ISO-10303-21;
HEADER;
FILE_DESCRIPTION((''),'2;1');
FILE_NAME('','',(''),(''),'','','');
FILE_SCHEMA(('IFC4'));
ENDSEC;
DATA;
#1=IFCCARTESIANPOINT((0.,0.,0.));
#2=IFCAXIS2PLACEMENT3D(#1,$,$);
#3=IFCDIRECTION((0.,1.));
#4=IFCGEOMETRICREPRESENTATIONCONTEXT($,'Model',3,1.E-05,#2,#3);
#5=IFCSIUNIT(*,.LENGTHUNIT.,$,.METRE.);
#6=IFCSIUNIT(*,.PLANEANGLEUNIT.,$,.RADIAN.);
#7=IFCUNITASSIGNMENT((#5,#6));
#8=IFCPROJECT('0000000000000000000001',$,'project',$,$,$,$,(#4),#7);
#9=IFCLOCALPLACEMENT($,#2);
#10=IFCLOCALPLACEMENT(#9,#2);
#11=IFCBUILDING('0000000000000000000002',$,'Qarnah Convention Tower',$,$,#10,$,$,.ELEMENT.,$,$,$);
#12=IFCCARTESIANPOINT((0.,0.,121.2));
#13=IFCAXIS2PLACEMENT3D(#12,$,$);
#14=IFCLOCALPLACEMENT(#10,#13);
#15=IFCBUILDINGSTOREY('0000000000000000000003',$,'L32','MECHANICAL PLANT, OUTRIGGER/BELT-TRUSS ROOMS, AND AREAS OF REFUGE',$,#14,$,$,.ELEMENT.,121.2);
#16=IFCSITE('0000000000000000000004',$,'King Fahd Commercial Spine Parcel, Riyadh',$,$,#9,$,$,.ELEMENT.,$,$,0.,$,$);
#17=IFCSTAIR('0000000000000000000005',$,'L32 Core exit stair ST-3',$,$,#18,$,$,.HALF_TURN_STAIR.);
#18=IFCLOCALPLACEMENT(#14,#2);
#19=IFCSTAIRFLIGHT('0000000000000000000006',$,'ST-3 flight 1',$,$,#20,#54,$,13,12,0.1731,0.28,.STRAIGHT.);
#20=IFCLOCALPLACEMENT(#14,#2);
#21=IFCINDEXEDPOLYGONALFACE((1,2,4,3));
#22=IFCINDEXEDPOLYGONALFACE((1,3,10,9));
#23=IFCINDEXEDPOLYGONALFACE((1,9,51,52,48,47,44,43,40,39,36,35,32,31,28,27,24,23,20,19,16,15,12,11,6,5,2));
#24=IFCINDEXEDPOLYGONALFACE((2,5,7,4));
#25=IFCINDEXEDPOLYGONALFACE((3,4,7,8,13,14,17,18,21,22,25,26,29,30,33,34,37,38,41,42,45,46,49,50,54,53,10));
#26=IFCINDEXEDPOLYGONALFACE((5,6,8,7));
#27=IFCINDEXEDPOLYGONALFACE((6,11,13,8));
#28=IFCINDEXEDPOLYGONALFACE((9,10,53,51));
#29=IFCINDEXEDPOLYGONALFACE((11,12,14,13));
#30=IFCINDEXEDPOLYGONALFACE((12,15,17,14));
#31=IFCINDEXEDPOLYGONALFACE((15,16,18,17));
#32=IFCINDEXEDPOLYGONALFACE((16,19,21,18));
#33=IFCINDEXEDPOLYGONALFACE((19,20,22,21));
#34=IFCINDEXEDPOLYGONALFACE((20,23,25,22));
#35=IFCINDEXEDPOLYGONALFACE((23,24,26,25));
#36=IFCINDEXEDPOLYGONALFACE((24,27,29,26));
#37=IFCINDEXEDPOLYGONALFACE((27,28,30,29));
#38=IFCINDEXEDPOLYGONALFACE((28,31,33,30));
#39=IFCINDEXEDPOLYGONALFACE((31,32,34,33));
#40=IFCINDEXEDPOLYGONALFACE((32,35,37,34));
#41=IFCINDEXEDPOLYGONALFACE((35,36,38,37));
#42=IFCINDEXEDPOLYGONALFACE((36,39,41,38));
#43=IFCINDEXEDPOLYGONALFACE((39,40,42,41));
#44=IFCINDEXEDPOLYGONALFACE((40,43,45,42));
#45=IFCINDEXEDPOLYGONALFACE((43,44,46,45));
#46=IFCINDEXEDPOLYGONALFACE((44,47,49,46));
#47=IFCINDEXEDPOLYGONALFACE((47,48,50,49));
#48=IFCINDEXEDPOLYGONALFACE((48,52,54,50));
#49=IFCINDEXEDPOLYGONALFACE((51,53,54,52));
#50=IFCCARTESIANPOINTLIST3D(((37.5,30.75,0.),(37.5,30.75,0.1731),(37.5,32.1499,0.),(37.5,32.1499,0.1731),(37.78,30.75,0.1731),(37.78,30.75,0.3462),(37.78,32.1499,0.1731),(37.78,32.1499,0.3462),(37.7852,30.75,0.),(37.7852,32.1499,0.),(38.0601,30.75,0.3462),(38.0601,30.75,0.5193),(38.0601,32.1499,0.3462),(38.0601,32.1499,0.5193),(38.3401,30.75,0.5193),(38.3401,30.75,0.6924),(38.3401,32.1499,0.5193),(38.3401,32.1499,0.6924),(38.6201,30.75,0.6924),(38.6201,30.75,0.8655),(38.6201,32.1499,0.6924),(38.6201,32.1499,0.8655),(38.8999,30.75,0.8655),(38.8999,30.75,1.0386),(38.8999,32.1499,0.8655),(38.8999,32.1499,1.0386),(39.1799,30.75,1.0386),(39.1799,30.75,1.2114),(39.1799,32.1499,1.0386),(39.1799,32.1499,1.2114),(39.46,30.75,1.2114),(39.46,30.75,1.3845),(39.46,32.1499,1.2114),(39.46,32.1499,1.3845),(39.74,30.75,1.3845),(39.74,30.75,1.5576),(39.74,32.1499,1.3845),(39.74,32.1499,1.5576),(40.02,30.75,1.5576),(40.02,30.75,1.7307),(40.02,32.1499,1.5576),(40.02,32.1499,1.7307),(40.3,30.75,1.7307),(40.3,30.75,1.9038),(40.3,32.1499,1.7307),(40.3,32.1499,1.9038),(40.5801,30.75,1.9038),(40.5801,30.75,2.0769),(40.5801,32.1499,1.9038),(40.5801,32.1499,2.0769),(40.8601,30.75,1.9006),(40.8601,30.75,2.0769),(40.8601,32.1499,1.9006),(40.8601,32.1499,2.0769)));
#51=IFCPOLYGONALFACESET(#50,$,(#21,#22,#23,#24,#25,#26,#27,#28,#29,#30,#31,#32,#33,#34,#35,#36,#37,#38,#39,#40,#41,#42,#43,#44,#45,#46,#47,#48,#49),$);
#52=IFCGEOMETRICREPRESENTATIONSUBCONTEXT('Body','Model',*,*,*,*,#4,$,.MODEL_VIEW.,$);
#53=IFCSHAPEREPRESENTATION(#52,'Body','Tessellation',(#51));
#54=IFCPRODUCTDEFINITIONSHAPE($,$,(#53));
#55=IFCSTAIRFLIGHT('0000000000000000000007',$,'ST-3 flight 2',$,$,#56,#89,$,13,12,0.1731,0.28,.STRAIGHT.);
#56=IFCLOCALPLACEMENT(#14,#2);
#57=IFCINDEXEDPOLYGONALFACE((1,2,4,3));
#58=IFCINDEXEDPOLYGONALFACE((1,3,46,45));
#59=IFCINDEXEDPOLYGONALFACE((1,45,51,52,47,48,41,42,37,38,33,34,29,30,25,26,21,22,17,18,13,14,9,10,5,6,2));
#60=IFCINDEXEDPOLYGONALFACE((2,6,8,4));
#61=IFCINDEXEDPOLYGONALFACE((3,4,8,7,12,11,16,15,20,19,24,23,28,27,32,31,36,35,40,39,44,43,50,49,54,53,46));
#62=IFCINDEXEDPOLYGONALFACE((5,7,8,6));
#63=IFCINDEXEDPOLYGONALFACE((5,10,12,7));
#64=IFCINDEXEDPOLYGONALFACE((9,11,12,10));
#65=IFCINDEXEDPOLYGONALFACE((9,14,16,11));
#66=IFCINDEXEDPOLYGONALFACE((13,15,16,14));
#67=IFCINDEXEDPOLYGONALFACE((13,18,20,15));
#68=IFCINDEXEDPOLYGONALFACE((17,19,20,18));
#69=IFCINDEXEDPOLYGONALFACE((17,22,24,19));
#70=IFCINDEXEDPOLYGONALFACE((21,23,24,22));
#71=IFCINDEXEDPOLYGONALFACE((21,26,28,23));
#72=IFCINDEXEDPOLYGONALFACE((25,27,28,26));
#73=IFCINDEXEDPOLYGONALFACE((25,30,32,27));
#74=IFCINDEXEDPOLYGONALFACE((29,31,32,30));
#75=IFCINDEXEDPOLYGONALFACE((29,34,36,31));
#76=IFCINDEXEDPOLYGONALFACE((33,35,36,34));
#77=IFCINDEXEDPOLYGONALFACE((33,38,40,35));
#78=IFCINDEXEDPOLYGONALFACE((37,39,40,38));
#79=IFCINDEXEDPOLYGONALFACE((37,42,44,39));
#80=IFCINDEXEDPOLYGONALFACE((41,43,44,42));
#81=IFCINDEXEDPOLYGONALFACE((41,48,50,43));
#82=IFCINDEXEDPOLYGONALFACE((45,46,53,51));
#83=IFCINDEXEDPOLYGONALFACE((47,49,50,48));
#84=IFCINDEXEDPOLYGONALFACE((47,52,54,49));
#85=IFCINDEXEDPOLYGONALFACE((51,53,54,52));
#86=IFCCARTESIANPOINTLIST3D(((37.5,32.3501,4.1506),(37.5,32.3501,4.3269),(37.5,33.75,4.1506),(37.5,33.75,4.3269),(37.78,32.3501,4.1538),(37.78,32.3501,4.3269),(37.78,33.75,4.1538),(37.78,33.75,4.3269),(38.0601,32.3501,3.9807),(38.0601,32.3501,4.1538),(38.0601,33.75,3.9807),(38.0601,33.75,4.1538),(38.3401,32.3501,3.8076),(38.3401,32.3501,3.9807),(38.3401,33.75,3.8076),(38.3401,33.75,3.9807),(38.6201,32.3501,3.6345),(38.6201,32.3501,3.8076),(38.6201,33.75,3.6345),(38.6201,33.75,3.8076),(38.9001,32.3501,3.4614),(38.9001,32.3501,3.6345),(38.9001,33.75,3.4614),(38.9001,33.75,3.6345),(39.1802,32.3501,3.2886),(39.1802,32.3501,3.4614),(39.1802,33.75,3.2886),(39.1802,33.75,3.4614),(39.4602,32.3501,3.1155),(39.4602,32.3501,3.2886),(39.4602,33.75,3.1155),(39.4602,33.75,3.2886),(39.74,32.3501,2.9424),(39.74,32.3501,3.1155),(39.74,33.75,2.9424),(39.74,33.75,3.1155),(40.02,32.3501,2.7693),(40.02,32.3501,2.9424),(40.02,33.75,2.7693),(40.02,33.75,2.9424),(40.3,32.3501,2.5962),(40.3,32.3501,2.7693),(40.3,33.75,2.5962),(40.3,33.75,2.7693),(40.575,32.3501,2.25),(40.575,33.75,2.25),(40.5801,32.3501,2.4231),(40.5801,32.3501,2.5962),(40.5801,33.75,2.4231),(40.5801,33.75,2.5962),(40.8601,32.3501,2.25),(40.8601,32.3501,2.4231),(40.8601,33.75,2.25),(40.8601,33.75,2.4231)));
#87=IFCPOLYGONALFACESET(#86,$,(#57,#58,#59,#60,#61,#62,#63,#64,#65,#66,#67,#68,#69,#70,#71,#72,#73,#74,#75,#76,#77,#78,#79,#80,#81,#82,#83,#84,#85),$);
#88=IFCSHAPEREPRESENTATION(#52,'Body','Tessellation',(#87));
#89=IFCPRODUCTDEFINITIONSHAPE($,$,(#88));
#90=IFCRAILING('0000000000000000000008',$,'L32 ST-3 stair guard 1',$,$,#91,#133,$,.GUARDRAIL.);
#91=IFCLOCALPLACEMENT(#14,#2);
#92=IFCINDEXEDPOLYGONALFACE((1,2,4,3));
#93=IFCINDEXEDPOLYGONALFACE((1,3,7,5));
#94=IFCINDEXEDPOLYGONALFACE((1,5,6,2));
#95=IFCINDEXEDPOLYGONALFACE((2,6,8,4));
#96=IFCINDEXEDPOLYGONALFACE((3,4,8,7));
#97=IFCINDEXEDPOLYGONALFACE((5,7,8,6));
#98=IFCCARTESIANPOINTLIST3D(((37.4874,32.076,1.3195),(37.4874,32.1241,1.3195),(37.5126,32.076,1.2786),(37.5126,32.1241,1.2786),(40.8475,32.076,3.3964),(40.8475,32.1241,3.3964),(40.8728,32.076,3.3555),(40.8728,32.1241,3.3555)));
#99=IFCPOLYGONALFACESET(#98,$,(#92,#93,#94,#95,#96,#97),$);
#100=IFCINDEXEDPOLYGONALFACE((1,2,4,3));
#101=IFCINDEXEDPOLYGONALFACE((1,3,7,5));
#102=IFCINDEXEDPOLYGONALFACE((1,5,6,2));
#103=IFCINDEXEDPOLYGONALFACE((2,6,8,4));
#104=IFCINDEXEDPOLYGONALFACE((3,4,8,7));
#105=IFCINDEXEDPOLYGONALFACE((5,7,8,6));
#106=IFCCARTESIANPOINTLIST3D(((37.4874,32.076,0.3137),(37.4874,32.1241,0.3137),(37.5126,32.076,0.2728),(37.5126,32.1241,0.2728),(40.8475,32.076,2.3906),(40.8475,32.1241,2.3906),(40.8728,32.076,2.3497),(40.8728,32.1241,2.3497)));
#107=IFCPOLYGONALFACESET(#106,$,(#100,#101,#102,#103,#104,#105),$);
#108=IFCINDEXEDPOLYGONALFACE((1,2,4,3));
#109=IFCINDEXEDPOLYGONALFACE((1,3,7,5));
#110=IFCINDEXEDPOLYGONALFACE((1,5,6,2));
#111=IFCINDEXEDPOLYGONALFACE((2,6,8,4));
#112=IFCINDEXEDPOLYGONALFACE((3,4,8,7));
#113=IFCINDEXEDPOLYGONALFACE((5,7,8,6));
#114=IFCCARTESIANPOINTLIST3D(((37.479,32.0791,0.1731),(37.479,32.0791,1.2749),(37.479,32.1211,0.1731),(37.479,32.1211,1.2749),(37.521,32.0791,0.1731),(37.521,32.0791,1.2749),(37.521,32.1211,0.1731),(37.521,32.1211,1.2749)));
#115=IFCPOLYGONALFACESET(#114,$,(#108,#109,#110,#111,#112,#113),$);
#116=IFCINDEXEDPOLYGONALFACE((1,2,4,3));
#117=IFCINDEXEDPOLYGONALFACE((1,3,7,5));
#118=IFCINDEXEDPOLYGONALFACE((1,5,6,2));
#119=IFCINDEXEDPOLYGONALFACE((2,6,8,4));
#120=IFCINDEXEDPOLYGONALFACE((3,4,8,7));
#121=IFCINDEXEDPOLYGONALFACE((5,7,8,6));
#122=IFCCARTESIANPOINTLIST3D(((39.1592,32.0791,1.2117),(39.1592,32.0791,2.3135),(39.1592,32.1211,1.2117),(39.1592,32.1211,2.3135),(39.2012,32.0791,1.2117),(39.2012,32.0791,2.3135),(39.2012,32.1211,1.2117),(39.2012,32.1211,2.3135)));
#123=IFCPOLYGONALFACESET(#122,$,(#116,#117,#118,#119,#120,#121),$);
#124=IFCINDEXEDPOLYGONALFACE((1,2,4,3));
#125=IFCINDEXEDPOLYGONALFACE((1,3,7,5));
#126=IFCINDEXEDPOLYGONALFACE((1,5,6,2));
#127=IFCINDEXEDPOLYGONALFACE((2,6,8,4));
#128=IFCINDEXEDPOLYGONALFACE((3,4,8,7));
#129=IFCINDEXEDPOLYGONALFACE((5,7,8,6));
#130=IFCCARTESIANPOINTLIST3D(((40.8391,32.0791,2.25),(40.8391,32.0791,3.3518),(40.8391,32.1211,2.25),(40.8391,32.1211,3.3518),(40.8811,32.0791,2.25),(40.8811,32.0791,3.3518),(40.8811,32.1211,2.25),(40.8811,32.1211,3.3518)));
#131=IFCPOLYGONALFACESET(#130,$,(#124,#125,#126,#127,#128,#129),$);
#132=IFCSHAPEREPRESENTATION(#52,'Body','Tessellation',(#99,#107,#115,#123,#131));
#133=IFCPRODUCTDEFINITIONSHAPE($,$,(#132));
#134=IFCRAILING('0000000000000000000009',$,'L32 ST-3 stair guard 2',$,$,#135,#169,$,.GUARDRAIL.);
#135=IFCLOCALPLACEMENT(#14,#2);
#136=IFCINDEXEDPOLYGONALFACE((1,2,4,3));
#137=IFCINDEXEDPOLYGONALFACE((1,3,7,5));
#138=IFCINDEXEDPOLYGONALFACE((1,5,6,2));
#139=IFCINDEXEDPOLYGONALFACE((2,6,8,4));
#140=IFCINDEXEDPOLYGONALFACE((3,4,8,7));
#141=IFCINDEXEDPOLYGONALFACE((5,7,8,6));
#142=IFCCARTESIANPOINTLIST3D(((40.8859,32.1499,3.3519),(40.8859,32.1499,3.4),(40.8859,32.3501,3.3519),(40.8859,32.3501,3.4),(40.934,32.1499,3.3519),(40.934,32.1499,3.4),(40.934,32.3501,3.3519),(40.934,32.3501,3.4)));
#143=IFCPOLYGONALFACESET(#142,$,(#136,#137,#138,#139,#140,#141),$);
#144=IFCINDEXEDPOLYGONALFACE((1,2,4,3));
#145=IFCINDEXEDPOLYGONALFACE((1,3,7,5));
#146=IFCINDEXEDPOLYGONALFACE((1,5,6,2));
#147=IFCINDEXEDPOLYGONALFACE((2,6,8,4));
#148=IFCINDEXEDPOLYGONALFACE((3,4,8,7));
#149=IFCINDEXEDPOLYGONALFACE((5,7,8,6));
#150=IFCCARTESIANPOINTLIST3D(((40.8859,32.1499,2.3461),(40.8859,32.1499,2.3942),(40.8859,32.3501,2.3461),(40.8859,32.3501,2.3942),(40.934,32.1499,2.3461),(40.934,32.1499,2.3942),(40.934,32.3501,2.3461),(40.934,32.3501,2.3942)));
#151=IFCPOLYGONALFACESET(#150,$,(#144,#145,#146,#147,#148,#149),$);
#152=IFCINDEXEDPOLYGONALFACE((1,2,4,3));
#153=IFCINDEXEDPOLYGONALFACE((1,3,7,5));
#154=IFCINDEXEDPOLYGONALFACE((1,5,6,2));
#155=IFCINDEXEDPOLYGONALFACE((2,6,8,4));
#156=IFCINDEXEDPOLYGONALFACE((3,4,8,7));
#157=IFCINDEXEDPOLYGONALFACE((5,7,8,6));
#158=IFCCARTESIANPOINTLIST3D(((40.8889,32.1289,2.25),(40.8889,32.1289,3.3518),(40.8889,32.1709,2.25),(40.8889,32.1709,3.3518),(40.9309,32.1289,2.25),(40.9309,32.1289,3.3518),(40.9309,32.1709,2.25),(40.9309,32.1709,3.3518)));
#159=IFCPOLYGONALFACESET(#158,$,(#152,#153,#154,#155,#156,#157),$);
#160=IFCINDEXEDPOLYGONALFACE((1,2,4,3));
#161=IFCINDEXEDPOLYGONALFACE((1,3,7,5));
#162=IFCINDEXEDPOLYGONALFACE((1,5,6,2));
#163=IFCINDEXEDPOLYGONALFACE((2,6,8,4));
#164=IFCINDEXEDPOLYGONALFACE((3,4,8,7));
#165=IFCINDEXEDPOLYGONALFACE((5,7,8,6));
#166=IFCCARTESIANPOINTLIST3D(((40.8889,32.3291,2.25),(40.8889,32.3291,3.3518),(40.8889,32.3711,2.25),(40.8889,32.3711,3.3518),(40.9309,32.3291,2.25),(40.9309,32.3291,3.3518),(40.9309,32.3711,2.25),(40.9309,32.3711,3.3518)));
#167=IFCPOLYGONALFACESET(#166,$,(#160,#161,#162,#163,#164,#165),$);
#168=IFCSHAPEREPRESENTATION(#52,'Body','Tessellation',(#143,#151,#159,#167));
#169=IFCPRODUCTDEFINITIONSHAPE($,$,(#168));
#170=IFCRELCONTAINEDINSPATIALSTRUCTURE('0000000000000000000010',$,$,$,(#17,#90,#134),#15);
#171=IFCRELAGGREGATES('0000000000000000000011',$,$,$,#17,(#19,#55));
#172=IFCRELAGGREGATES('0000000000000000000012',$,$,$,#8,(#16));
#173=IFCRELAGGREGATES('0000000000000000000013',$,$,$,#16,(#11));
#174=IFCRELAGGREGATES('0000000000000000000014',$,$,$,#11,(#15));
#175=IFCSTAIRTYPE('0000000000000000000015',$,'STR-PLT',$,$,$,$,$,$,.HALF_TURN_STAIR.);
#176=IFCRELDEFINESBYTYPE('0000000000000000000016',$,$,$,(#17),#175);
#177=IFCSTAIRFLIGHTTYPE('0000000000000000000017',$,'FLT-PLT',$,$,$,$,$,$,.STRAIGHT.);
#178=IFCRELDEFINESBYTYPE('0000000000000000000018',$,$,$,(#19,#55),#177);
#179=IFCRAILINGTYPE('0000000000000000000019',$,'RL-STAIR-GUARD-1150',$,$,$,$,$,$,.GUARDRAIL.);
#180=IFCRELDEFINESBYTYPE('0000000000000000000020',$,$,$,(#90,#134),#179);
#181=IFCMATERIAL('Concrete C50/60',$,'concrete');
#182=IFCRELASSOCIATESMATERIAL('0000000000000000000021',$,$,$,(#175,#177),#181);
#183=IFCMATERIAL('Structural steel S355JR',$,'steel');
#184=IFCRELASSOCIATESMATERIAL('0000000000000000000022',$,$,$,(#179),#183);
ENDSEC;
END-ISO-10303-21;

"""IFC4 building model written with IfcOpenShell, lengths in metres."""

from ifc_helpers import new_model, si_unit, direction, frame, origin, origin_2d, place, context, subcontext, project, spatial, polyline, rectangle, outline, extrude, material, type_object, element, aggregate, save


model = new_model("IFC4")

# Units and contexts
model_context = context("Model", 3, precision=1e-05, world=origin(), true_north=direction((0.0, 1.0)))
body_context = subcontext(model_context, "Body", "Model", "MODEL_VIEW")
ifc_project = project(units=[si_unit("LENGTHUNIT", "METRE"), si_unit("PLANEANGLEUNIT", "RADIAN")], contexts=[model_context])

# Site, building, storey
site_placement = place(None, origin())
site = spatial("IfcSite", under=ifc_project, at=site_placement, Name="King Fahd Commercial Spine Parcel, Riyadh", CompositionType="ELEMENT", RefElevation=0.0)
building_placement = place(site_placement, origin())
building = spatial("IfcBuilding", under=site, at=building_placement, Name="Qarnah Convention Tower", CompositionType="ELEMENT")
storey_placement = place(building_placement, frame((0.0, 0.0, 121.2)))
storey = spatial("IfcBuildingStorey", under=building, at=storey_placement, Name="L32", Description="MECHANICAL PLANT, OUTRIGGER/BELT-TRUSS ROOMS, AND AREAS OF REFUGE", CompositionType="ELEMENT", Elevation=121.2)

# Shared definitions
ifc_material_1 = material(Name="Structural steel S355JR", Category="steel")

# Stair, stair flights
ifc_material_2 = material(Name="Concrete C50/60", Category="concrete")
stair_type = type_object("IfcStairType", Name="STR-PLT", PredefinedType="HALF_TURN_STAIR", material=ifc_material_2)
stair_placement = place(storey_placement, origin())
stair = element("IfcStair", 1, at=stair_placement, inside=storey, type_object=stair_type, Name="L32 Core exit stair ST-3", PredefinedType="HALF_TURN_STAIR")
stair_flight_type = type_object("IfcStairFlightType", Name="FLT-PLT", PredefinedType="STRAIGHT", material=ifc_material_2)
stair_flight_1_placement = place(storey_placement, frame((37.5, 31.45, 0.0), z_axis=(0.0, 0.0, 1.0), x_axis=(1.0, 0.0, 0.0)))
stair_flight_1 = element("IfcStairFlight", 2, at=stair_flight_1_placement, type_object=stair_flight_type, Name="ST-3 flight 1", NumberOfRisers=13, NumberOfTreads=12, PredefinedType="STRAIGHT", RiserHeight=0.1731, TreadLength=0.28, context=body_context, shape_type="SweptSolid", body=[
    extrude(outline(polyline([(0.0, 0.0), (0.0, 0.1731), (0.28, 0.1731), (0.28, 0.3462), (0.5601, 0.3462), (0.5601, 0.5193), (0.8401, 0.5193), (0.8401, 0.6924), (1.1201, 0.6924), (1.1201, 0.8655), (1.3999, 0.8655), (1.3999, 1.0386), (1.6799, 1.0386), (1.6799, 1.2114), (1.96, 1.2114), (1.96, 1.3845), (2.24, 1.3845), (2.24, 1.5576), (2.52, 1.5576), (2.52, 1.7307), (2.8, 1.7307), (2.8, 1.9038), (3.0801, 1.9038), (3.0801, 2.0769), (3.3601, 2.0769), (3.3601, 2.25), (3.3601, 1.9006), (0.2852, 0.0), (0.0, 0.0)])), frame((0.0, 0.7, 0.0), z_axis=(0.0, -1.0, 0.0), x_axis=(1.0, 0.0, 0.0)), (0.0, 0.0, 1.0), 1.3999),
])
stair_flight_2_placement = place(storey_placement, frame((40.8601, 33.05, 2.25), z_axis=(0.0, 0.0, 1.0), x_axis=(-1.0, 0.0, 0.0)))
stair_flight_2 = element("IfcStairFlight", 3, at=stair_flight_2_placement, type_object=stair_flight_type, Name="ST-3 flight 2", NumberOfRisers=13, NumberOfTreads=12, PredefinedType="STRAIGHT", RiserHeight=0.1731, TreadLength=0.28, context=body_context, shape_type="SweptSolid", body=[
    extrude(outline(polyline([(0.0, 0.0), (0.0, 0.1731), (0.28, 0.1731), (0.28, 0.3462), (0.5601, 0.3462), (0.5601, 0.5193), (0.8401, 0.5193), (0.8401, 0.6924), (1.1201, 0.6924), (1.1201, 0.8655), (1.3999, 0.8655), (1.3999, 1.0386), (1.6799, 1.0386), (1.6799, 1.2114), (1.96, 1.2114), (1.96, 1.3845), (2.24, 1.3845), (2.24, 1.5576), (2.52, 1.5576), (2.52, 1.7307), (2.8, 1.7307), (2.8, 1.9038), (3.0801, 1.9038), (3.0801, 2.0769), (3.3601, 2.0769), (3.3601, 2.25), (3.3601, 1.9006), (0.2852, 0.0), (0.0, 0.0)])), frame((0.0, 0.7, 0.0), z_axis=(0.0, -1.0, 0.0), x_axis=(1.0, 0.0, 0.0)), (0.0, 0.0, 1.0), 1.3999),
])
aggregate(stair, [stair_flight_1, stair_flight_2])

# Railings
railing_type_1 = type_object("IfcRailingType", Name="RL-STAIR-GUARD-1150", PredefinedType="GUARDRAIL", material=ifc_material_1)
railing_1_placement = place(storey_placement, frame((37.5, 32.1001, 0.1731)))
element("IfcRailing", 4, at=railing_1_placement, inside=storey, type_object=railing_type_1, Name="L32 ST-3 stair guard 1", PredefinedType="GUARDRAIL", context=body_context, shape_type="SweptSolid", body=[
    extrude(rectangle(XDim=0.0481, YDim=0.0481, at=origin_2d()), frame((0.0, 0.0, 1.126), z_axis=(0.850623, 0.0, 0.525776), x_axis=(0.0, 1.0, 0.0)), (0.0, 0.0, 1.0), 3.9502),
    extrude(rectangle(XDim=0.0481, YDim=0.0481, at=origin_2d()), frame((0.0, 0.0, 0.1201), z_axis=(0.850623, 0.0, 0.525776), x_axis=(0.0, 1.0, 0.0)), (0.0, 0.0, 1.0), 3.9502),
    extrude(rectangle(XDim=0.042, YDim=0.042, at=origin_2d()), origin(), (0.0, 0.0, 1.0), 1.1018),
    extrude(rectangle(XDim=0.042, YDim=0.042, at=origin_2d()), frame((1.6802, 0.0, 1.0386)), (0.0, 0.0, 1.0), 1.1018),
    extrude(rectangle(XDim=0.042, YDim=0.042, at=origin_2d()), frame((3.3601, 0.0, 2.0769)), (0.0, 0.0, 1.0), 1.1018),
])
railing_2_placement = place(storey_placement, frame((40.9099, 32.1499, 2.25)))
element("IfcRailing", 5, at=railing_2_placement, inside=storey, type_object=railing_type_1, Name="L32 ST-3 stair guard 2", PredefinedType="GUARDRAIL", context=body_context, shape_type="SweptSolid", body=[
    extrude(rectangle(XDim=0.0481, YDim=0.0481, at=origin_2d()), frame((0.0, 0.0, 1.126), z_axis=(0.0, 1.0, 0.0), x_axis=(-1.0, 0.0, 0.0)), (0.0, 0.0, 1.0), 0.2002),
    extrude(rectangle(XDim=0.0481, YDim=0.0481, at=origin_2d()), frame((0.0, 0.0, 0.1201), z_axis=(0.0, 1.0, 0.0), x_axis=(-1.0, 0.0, 0.0)), (0.0, 0.0, 1.0), 0.2002),
    extrude(rectangle(XDim=0.042, YDim=0.042, at=origin_2d()), origin(), (0.0, 0.0, 1.0), 1.1018),
    extrude(rectangle(XDim=0.042, YDim=0.042, at=origin_2d()), frame((0.0, 0.2002, 0.0)), (0.0, 0.0, 1.0), 1.1018),
])

save(model, "model.ifc")
